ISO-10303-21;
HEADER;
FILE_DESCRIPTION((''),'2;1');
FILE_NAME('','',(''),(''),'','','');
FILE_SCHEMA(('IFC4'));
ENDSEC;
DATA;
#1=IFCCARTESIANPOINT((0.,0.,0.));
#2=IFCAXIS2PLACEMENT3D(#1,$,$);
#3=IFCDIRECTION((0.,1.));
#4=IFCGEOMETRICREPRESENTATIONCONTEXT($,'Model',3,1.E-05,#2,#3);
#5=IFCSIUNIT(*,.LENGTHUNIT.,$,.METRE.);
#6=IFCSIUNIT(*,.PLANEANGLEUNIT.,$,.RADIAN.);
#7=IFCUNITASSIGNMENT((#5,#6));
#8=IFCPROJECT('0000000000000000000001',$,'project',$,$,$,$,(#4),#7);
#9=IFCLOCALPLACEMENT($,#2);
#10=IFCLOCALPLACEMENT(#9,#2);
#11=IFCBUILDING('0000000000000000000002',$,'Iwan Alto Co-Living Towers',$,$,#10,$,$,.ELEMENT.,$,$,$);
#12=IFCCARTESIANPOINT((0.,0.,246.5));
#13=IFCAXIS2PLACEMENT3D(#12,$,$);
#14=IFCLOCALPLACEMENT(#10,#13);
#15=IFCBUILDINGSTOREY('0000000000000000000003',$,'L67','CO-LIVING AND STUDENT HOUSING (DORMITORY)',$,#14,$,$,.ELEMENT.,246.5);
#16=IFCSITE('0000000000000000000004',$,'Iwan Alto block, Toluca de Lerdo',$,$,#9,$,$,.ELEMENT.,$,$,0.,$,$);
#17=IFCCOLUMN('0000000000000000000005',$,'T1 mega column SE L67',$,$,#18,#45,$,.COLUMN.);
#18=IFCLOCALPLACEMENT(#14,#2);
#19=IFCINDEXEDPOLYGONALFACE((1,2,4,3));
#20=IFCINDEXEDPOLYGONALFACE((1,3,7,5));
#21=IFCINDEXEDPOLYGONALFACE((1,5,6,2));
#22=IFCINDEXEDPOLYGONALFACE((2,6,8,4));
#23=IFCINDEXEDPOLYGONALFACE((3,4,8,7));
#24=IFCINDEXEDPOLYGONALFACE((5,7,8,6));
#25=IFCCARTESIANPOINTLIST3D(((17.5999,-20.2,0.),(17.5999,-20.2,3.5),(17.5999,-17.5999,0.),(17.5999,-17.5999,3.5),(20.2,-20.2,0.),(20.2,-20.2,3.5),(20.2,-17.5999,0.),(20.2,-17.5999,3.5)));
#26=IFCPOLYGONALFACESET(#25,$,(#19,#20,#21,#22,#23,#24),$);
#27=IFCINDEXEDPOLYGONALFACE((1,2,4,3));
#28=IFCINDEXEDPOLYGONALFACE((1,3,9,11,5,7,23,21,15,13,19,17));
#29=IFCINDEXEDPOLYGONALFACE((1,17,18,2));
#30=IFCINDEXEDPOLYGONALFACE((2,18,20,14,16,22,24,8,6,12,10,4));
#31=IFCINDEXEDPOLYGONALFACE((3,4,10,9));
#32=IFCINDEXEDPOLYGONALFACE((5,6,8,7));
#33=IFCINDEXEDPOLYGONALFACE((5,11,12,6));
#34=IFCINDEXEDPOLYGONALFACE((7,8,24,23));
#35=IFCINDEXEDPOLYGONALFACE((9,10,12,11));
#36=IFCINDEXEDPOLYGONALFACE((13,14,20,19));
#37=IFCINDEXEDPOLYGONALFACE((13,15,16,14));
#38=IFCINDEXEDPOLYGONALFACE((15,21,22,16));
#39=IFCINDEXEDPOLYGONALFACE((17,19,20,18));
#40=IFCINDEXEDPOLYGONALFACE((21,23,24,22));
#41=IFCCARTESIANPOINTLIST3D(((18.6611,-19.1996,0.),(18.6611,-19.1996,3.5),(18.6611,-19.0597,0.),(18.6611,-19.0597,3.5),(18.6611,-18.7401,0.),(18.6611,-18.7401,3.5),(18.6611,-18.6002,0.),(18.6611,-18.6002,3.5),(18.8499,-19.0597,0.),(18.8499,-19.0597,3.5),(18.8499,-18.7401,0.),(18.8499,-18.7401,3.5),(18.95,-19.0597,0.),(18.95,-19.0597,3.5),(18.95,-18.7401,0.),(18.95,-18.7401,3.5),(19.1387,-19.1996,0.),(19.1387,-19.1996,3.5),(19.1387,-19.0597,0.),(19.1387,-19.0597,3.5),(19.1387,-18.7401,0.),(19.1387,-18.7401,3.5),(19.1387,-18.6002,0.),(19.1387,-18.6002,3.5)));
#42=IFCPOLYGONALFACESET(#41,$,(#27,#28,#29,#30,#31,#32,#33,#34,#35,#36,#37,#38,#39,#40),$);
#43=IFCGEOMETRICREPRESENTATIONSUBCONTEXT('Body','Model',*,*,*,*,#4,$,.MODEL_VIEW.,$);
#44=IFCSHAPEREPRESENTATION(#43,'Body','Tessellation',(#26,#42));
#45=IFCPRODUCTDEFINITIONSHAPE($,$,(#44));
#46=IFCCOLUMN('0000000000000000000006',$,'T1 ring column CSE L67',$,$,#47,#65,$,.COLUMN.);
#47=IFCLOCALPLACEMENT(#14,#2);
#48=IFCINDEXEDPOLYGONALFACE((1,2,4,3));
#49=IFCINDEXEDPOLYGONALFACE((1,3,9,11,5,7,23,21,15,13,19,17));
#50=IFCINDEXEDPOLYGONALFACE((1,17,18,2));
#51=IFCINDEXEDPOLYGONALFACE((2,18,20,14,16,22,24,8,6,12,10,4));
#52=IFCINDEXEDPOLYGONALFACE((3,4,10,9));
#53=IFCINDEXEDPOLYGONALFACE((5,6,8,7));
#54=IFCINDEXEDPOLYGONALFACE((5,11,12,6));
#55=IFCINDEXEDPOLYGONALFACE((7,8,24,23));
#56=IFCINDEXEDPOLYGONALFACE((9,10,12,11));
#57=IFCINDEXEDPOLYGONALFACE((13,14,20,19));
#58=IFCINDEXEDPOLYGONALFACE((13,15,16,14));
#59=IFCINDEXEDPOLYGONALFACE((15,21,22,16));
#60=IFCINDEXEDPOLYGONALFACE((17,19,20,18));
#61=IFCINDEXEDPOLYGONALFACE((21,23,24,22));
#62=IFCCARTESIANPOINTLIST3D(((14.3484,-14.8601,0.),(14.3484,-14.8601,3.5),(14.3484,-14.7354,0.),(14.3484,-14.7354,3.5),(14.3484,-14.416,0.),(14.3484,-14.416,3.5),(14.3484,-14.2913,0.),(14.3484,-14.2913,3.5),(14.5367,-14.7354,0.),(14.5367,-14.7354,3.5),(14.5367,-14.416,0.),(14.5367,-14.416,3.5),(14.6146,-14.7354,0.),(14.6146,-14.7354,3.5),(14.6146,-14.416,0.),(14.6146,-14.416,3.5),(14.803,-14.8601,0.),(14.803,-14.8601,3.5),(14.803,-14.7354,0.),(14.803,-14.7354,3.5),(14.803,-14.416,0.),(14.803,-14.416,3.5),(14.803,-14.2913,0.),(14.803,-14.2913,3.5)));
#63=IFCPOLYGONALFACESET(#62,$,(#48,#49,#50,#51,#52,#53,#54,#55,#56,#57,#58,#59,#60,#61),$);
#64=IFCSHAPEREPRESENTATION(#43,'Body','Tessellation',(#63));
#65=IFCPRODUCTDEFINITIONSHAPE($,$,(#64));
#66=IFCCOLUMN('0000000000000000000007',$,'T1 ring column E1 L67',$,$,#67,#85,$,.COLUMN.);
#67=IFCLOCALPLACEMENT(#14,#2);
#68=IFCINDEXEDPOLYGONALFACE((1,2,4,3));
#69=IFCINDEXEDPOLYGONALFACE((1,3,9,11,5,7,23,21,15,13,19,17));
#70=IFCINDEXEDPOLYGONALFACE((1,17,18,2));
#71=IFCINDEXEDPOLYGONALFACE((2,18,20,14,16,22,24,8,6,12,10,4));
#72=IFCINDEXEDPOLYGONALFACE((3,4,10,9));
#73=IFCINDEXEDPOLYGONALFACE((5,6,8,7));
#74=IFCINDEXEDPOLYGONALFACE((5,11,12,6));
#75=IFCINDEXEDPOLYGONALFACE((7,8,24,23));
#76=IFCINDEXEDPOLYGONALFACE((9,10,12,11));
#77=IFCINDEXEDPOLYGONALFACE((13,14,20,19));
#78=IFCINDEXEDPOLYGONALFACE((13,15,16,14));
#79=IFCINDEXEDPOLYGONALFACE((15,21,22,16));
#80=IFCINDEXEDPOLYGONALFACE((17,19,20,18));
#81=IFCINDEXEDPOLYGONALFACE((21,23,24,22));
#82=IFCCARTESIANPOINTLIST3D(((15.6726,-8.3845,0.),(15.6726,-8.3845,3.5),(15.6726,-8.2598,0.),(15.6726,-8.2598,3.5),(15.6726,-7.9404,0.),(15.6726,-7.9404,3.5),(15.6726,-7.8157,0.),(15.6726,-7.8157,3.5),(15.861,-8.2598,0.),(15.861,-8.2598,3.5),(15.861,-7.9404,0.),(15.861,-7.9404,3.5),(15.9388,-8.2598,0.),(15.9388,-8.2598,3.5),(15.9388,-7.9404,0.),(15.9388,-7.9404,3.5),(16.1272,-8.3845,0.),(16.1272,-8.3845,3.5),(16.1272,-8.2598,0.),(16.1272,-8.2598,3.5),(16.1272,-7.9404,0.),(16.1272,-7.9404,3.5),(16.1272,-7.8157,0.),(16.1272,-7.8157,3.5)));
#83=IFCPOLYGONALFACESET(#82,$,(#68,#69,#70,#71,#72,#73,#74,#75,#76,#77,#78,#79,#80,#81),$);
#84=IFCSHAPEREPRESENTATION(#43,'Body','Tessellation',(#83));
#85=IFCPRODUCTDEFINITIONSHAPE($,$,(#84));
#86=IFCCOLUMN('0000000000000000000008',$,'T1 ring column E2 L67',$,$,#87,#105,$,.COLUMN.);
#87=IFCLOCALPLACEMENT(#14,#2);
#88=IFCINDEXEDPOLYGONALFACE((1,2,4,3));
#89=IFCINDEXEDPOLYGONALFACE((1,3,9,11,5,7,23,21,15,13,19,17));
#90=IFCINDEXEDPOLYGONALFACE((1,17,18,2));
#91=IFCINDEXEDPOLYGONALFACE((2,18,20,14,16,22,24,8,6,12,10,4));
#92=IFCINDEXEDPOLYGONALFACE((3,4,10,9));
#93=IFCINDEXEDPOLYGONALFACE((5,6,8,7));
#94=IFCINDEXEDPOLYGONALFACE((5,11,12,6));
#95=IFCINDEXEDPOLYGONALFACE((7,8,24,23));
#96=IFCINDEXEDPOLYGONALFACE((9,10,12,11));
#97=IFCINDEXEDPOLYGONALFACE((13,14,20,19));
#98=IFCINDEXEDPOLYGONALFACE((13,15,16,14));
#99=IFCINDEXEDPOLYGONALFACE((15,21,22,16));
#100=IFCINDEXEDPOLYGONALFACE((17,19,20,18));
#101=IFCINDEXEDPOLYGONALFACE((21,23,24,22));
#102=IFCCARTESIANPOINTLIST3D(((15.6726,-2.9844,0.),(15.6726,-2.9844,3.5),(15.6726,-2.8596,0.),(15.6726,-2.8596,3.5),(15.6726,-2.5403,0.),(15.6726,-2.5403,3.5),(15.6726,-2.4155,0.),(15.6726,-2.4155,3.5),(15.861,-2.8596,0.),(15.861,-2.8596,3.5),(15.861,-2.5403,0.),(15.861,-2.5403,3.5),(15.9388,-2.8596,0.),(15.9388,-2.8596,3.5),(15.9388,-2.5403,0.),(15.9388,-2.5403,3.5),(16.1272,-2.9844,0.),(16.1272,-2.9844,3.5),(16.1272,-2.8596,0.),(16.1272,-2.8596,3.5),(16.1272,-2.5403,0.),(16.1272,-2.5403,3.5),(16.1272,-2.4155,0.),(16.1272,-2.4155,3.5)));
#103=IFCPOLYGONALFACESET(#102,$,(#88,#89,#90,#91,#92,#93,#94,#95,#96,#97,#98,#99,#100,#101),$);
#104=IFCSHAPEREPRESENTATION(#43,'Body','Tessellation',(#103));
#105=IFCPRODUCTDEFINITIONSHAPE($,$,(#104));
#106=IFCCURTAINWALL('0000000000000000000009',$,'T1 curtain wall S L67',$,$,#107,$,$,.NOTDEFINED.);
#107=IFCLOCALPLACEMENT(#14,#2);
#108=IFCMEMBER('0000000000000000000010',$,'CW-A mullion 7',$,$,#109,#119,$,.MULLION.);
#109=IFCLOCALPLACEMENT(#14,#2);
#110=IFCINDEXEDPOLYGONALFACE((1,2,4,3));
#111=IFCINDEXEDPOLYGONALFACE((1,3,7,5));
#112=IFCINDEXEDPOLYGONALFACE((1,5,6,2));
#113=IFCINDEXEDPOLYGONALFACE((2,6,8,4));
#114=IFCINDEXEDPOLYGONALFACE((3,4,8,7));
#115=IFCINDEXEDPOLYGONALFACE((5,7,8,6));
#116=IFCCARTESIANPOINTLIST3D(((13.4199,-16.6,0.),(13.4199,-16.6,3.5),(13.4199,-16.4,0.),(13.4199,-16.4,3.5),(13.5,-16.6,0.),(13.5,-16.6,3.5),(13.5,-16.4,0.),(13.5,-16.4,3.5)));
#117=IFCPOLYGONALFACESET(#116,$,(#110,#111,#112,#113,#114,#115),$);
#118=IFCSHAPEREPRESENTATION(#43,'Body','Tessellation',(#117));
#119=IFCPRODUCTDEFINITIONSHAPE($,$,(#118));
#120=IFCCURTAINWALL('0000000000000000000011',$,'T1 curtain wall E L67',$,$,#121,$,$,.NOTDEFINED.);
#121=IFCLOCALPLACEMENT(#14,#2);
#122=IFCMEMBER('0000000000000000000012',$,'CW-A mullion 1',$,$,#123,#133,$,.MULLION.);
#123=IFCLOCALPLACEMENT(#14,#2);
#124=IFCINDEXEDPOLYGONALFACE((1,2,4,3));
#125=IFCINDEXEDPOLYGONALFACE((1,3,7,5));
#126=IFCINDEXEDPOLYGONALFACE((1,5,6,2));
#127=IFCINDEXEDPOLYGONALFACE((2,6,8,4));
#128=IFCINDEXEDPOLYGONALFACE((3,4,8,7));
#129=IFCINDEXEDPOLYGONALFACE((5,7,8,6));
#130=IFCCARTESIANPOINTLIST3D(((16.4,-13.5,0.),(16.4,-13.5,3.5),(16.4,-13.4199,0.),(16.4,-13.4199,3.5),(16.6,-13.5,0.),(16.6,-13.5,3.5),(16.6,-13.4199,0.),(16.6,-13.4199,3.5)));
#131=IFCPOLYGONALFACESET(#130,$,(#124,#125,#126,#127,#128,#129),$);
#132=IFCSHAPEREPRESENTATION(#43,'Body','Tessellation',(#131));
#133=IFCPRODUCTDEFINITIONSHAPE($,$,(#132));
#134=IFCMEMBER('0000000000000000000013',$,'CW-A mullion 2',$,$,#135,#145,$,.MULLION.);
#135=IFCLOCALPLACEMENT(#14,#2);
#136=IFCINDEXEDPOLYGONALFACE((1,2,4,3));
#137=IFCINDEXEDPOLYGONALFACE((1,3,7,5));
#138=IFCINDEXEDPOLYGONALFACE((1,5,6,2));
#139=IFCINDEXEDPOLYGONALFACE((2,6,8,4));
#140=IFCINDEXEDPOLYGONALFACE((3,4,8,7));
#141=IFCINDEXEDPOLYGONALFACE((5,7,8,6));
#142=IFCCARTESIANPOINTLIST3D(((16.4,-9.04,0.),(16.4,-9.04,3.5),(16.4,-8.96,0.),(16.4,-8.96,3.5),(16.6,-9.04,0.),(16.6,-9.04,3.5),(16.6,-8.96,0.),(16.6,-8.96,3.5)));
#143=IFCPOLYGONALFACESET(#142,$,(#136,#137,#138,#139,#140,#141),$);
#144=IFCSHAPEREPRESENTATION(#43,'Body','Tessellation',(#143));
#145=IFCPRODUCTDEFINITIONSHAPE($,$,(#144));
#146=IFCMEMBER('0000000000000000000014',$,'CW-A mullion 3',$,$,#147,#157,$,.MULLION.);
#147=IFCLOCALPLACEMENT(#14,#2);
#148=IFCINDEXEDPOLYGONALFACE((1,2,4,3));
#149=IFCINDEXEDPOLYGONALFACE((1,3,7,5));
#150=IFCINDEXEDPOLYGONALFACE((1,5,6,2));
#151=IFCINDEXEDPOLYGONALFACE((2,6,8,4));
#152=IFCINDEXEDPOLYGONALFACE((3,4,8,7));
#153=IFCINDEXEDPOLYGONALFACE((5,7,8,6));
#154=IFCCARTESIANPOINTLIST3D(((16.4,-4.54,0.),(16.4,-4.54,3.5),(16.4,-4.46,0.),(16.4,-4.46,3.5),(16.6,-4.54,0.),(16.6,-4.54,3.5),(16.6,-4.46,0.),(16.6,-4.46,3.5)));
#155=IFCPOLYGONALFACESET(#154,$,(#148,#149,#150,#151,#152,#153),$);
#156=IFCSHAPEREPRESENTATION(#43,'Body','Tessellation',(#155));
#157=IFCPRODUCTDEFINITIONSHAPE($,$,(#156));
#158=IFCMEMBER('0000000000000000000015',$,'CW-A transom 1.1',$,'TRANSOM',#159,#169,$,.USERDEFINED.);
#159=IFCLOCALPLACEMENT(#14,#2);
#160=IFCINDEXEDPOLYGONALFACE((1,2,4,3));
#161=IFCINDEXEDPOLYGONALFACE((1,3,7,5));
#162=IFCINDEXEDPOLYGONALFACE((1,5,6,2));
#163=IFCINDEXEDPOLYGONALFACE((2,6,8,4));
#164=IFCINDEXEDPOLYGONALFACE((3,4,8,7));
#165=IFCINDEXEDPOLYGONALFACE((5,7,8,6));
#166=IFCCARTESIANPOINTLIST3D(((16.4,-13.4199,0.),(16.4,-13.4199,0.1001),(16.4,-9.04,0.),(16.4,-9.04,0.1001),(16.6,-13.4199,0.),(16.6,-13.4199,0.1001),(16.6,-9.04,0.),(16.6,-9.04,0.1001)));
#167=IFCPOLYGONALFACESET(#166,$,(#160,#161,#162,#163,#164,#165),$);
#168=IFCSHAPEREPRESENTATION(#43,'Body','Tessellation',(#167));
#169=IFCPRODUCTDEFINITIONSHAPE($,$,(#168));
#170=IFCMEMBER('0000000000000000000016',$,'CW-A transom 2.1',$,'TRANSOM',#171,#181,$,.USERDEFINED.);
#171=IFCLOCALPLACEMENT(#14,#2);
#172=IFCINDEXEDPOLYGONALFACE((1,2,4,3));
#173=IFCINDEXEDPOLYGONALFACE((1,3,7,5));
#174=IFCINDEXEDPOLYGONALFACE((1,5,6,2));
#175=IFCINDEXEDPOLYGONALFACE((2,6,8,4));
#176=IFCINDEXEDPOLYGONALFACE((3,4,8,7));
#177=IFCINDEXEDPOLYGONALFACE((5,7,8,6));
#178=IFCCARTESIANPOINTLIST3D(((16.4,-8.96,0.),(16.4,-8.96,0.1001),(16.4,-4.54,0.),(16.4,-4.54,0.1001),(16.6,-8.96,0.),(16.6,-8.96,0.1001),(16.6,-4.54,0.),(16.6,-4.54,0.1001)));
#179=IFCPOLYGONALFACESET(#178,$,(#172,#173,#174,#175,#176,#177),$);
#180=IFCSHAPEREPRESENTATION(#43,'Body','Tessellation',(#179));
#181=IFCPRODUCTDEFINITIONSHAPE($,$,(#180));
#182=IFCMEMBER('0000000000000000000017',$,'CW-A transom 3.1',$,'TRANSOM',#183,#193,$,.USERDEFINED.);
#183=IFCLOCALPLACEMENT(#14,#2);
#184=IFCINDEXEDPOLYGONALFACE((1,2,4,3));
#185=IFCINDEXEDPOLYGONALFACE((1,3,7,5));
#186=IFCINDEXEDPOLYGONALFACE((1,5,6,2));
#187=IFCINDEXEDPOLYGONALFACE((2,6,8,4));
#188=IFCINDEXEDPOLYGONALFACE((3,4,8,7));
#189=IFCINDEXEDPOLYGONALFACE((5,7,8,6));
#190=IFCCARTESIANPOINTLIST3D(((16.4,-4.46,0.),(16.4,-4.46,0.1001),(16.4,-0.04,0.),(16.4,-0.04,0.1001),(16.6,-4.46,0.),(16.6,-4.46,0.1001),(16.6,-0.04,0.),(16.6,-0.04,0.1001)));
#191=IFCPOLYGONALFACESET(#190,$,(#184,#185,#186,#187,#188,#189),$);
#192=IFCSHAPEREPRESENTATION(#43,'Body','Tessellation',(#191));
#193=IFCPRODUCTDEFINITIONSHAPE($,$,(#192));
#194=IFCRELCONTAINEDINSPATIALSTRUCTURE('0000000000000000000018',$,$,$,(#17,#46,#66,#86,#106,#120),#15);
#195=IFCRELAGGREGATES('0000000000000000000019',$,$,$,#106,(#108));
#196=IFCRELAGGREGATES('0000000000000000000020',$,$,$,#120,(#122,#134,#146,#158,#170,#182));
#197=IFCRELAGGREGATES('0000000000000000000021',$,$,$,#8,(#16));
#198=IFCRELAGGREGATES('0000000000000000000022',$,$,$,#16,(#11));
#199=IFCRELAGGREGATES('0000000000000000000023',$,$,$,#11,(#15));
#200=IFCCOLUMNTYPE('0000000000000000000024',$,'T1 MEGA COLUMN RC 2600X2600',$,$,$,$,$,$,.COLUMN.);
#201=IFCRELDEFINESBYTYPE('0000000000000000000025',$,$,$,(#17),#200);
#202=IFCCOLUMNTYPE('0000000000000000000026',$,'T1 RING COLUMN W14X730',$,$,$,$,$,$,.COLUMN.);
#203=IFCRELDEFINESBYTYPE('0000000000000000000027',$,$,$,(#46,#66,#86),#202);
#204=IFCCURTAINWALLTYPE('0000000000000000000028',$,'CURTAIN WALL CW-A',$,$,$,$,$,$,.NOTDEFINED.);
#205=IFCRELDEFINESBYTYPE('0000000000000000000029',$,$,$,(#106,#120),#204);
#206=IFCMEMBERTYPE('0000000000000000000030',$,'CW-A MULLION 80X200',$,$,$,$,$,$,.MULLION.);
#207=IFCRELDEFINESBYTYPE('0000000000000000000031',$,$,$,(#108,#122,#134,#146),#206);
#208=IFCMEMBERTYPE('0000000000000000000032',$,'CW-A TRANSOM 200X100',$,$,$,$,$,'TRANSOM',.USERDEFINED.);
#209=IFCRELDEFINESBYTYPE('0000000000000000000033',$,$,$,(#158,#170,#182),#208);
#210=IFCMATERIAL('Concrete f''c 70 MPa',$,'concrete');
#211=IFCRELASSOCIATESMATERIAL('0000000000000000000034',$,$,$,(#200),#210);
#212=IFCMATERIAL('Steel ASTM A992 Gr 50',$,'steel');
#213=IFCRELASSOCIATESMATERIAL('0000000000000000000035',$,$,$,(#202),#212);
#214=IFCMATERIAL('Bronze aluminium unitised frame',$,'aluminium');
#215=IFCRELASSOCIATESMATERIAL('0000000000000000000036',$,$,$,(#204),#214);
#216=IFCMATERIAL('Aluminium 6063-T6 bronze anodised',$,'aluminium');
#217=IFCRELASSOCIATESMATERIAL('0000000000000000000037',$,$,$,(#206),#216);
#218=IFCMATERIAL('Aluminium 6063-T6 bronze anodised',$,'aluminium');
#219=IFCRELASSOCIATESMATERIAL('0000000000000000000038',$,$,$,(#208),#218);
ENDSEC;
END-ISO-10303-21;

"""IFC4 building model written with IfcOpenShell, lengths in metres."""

from ifc_helpers import new_model, si_unit, direction, frame, origin, origin_2d, place, context, subcontext, project, spatial, rectangle, i_section, extrude, material, material_profile, profile_set, type_object, element, aggregate, save


model = new_model("IFC4")

# Units and contexts
model_context = context("Model", 3, precision=1e-05, world=origin(), true_north=direction((0.0, 1.0)))
body_context = subcontext(model_context, "Body", "Model", "MODEL_VIEW")
ifc_project = project(units=[si_unit("LENGTHUNIT", "METRE"), si_unit("PLANEANGLEUNIT", "RADIAN")], contexts=[model_context])

# Site, building, storey
site_placement = place(None, origin())
site = spatial("IfcSite", under=ifc_project, at=site_placement, Name="Iwan Alto block, Toluca de Lerdo", CompositionType="ELEMENT", RefElevation=0.0)
building_placement = place(site_placement, origin())
building = spatial("IfcBuilding", under=site, at=building_placement, Name="Iwan Alto Co-Living Towers", CompositionType="ELEMENT")
storey_placement = place(building_placement, frame((0.0, 0.0, 246.5)))
storey = spatial("IfcBuildingStorey", under=building, at=storey_placement, Name="L67", Description="CO-LIVING AND STUDENT HOUSING (DORMITORY)", CompositionType="ELEMENT", Elevation=246.5)

# Columns
ifc_material_1 = material(Name="Concrete f'c 70 MPa", Category="concrete")
ifc_material_profile_1 = material_profile(ifc_material_1, rectangle(XDim=2.6001, YDim=2.6001, at=origin_2d()), Name="RC 2600X2600")
ifc_profile_set_1 = profile_set([ifc_material_profile_1], Name="Concrete f'c 70 MPa")
column_type_1 = type_object("IfcColumnType", Name="T1 MEGA COLUMN RC 2600X2600", PredefinedType="COLUMN", material=ifc_profile_set_1)
column_placement = place(storey_placement, frame((18.8999, -18.8999, 0.0), z_axis=(0.0, 0.0, 1.0), x_axis=(1.0, 0.0, 0.0)))
element("IfcColumn", 1, at=column_placement, inside=storey, type_object=column_type_1, Name="T1 mega column SE L67", PredefinedType="COLUMN", context=body_context, shape_type="SweptSolid", body=[
    extrude(rectangle(XDim=2.6001, YDim=2.6001, at=origin_2d()), origin(), (0.0, 0.0, 1.0), 3.5),
    extrude(i_section(OverallWidth=0.4775, OverallDepth=0.5994, WebThickness=0.1001, FlangeThickness=0.1399, at=origin_2d()), origin(), (0.0, 0.0, 1.0), 3.5),
])
ifc_material_2 = material(Name="Steel ASTM A992 Gr 50", Category="steel")
ifc_material_profile_2 = material_profile(ifc_material_2, i_section(OverallWidth=0.4546, OverallDepth=0.5688, WebThickness=0.0779, FlangeThickness=0.1248, at=origin_2d()), Name="W14X730")
ifc_profile_set_2 = profile_set([ifc_material_profile_2], Name="Steel ASTM A992 Gr 50")
column_type_2 = type_object("IfcColumnType", Name="T1 RING COLUMN W14X730", PredefinedType="COLUMN", material=ifc_profile_set_2)
for number, where, z_axis, x_axis, name in (
    (2, (14.5757, -14.5757, 0.0), (0.0, 0.0, 1.0), (1.0, 0.0, 0.0), "T1 ring column CSE L67"),
    (3, (15.8999, -8.1001, 0.0), (0.0, 0.0, 1.0), (1.0, 0.0, 0.0), "T1 ring column E1 L67"),
    (4, (15.8999, -2.7, 0.0), (0.0, 0.0, 1.0), (1.0, 0.0, 0.0), "T1 ring column E2 L67"),
):
    element("IfcColumn", number, at=place(storey_placement, frame(where, z_axis=z_axis, x_axis=x_axis)), inside=storey, type_object=column_type_2, Name=name, PredefinedType="COLUMN", context=body_context, shape_type="SweptSolid", body=[
        extrude(i_section(OverallWidth=0.4546, OverallDepth=0.5688, WebThickness=0.0779, FlangeThickness=0.1248, at=origin_2d()), origin(), (0.0, 0.0, 1.0), 3.5),
    ])

# Curtain wall, member
ifc_material_3 = material(Name="Bronze aluminium unitised frame", Category="aluminium")
curtain_wall_type_1 = type_object("IfcCurtainWallType", Name="CURTAIN WALL CW-A", PredefinedType="NOTDEFINED", material=ifc_material_3)
curtain_wall_1_placement = place(storey_placement, origin())
curtain_wall_1 = element("IfcCurtainWall", 5, at=curtain_wall_1_placement, inside=storey, type_object=curtain_wall_type_1, Name="T1 curtain wall S L67", PredefinedType="NOTDEFINED")
ifc_material_4 = material(Name="Aluminium 6063-T6 bronze anodised", Category="aluminium")
ifc_material_profile_3 = material_profile(ifc_material_4, rectangle(XDim=0.2, YDim=0.0801, at=origin_2d()), Name="AL 80X200")
ifc_profile_set_3 = profile_set([ifc_material_profile_3], Name="Aluminium 6063-T6 bronze anodised")
member_type_1 = type_object("IfcMemberType", Name="CW-A MULLION 80X200", PredefinedType="MULLION", material=ifc_profile_set_3)
member_1_placement = place(storey_placement, frame((13.46, -16.5, 0.0), z_axis=(0.0, 0.0, 1.0), x_axis=(0.0, 1.0, 0.0)))
member_1 = element("IfcMember", 6, at=member_1_placement, type_object=member_type_1, Name="CW-A mullion 7", PredefinedType="MULLION", context=body_context, shape_type="SweptSolid", body=[
    extrude(rectangle(XDim=0.2, YDim=0.0801, at=origin_2d()), origin(), (0.0, 0.0, 1.0), 3.5),
])
aggregate(curtain_wall_1, [member_1])

# Curtain wall, members
curtain_wall_2_placement = place(storey_placement, origin())
curtain_wall_2 = element("IfcCurtainWall", 7, at=curtain_wall_2_placement, inside=storey, type_object=curtain_wall_type_1, Name="T1 curtain wall E L67", PredefinedType="NOTDEFINED")
member_2_placement = place(storey_placement, frame((16.5, -13.46, 0.0), z_axis=(0.0, 0.0, 1.0), x_axis=(-1.0, 0.0, 0.0)))
member_2 = element("IfcMember", 8, at=member_2_placement, type_object=member_type_1, Name="CW-A mullion 1", PredefinedType="MULLION", context=body_context, shape_type="SweptSolid", body=[
    extrude(rectangle(XDim=0.2, YDim=0.0801, at=origin_2d()), origin(), (0.0, 0.0, 1.0), 3.5),
])
member_3_placement = place(storey_placement, frame((16.5, -9.0, 0.0), z_axis=(0.0, 0.0, 1.0), x_axis=(-1.0, 0.0, 0.0)))
member_3 = element("IfcMember", 9, at=member_3_placement, type_object=member_type_1, Name="CW-A mullion 2", PredefinedType="MULLION", context=body_context, shape_type="SweptSolid", body=[
    extrude(rectangle(XDim=0.2, YDim=0.0801, at=origin_2d()), origin(), (0.0, 0.0, 1.0), 3.5),
])
member_4_placement = place(storey_placement, frame((16.5, -4.5, 0.0), z_axis=(0.0, 0.0, 1.0), x_axis=(-1.0, 0.0, 0.0)))
member_4 = element("IfcMember", 10, at=member_4_placement, type_object=member_type_1, Name="CW-A mullion 3", PredefinedType="MULLION", context=body_context, shape_type="SweptSolid", body=[
    extrude(rectangle(XDim=0.2, YDim=0.0801, at=origin_2d()), origin(), (0.0, 0.0, 1.0), 3.5),
])
ifc_material_5 = material(Name="Aluminium 6063-T6 bronze anodised", Category="aluminium")
ifc_material_profile_4 = material_profile(ifc_material_5, rectangle(XDim=0.2, YDim=0.1001, at=origin_2d()), Name="AL 200X100")
ifc_profile_set_4 = profile_set([ifc_material_profile_4], Name="Aluminium 6063-T6 bronze anodised")
member_type_2 = type_object("IfcMemberType", Name="CW-A TRANSOM 200X100", ElementType="TRANSOM", PredefinedType="USERDEFINED", material=ifc_profile_set_4)
member_5_placement = place(storey_placement, frame((16.5, -13.4199, 0.05), z_axis=(0.0, 1.0, 0.0), x_axis=(-1.0, 0.0, 0.0)))
member_5 = element("IfcMember", 11, at=member_5_placement, type_object=member_type_2, Name="CW-A transom 1.1", ObjectType="TRANSOM", PredefinedType="USERDEFINED", context=body_context, shape_type="SweptSolid", body=[
    extrude(rectangle(XDim=0.2, YDim=0.1001, at=origin_2d()), origin(), (0.0, 0.0, 1.0), 4.3799),
])
member_6_placement = place(storey_placement, frame((16.5, -8.96, 0.05), z_axis=(0.0, 1.0, 0.0), x_axis=(-1.0, 0.0, 0.0)))
member_6 = element("IfcMember", 12, at=member_6_placement, type_object=member_type_2, Name="CW-A transom 2.1", ObjectType="TRANSOM", PredefinedType="USERDEFINED", context=body_context, shape_type="SweptSolid", body=[
    extrude(rectangle(XDim=0.2, YDim=0.1001, at=origin_2d()), origin(), (0.0, 0.0, 1.0), 4.4199),
])
member_7_placement = place(storey_placement, frame((16.5, -4.46, 0.05), z_axis=(0.0, 1.0, 0.0), x_axis=(-1.0, 0.0, 0.0)))
member_7 = element("IfcMember", 13, at=member_7_placement, type_object=member_type_2, Name="CW-A transom 3.1", ObjectType="TRANSOM", PredefinedType="USERDEFINED", context=body_context, shape_type="SweptSolid", body=[
    extrude(rectangle(XDim=0.2, YDim=0.1001, at=origin_2d()), origin(), (0.0, 0.0, 1.0), 4.4199),
])

aggregate(curtain_wall_2, [member_2, member_3, member_4, member_5, member_6, member_7])

save(model, "model.ifc")
